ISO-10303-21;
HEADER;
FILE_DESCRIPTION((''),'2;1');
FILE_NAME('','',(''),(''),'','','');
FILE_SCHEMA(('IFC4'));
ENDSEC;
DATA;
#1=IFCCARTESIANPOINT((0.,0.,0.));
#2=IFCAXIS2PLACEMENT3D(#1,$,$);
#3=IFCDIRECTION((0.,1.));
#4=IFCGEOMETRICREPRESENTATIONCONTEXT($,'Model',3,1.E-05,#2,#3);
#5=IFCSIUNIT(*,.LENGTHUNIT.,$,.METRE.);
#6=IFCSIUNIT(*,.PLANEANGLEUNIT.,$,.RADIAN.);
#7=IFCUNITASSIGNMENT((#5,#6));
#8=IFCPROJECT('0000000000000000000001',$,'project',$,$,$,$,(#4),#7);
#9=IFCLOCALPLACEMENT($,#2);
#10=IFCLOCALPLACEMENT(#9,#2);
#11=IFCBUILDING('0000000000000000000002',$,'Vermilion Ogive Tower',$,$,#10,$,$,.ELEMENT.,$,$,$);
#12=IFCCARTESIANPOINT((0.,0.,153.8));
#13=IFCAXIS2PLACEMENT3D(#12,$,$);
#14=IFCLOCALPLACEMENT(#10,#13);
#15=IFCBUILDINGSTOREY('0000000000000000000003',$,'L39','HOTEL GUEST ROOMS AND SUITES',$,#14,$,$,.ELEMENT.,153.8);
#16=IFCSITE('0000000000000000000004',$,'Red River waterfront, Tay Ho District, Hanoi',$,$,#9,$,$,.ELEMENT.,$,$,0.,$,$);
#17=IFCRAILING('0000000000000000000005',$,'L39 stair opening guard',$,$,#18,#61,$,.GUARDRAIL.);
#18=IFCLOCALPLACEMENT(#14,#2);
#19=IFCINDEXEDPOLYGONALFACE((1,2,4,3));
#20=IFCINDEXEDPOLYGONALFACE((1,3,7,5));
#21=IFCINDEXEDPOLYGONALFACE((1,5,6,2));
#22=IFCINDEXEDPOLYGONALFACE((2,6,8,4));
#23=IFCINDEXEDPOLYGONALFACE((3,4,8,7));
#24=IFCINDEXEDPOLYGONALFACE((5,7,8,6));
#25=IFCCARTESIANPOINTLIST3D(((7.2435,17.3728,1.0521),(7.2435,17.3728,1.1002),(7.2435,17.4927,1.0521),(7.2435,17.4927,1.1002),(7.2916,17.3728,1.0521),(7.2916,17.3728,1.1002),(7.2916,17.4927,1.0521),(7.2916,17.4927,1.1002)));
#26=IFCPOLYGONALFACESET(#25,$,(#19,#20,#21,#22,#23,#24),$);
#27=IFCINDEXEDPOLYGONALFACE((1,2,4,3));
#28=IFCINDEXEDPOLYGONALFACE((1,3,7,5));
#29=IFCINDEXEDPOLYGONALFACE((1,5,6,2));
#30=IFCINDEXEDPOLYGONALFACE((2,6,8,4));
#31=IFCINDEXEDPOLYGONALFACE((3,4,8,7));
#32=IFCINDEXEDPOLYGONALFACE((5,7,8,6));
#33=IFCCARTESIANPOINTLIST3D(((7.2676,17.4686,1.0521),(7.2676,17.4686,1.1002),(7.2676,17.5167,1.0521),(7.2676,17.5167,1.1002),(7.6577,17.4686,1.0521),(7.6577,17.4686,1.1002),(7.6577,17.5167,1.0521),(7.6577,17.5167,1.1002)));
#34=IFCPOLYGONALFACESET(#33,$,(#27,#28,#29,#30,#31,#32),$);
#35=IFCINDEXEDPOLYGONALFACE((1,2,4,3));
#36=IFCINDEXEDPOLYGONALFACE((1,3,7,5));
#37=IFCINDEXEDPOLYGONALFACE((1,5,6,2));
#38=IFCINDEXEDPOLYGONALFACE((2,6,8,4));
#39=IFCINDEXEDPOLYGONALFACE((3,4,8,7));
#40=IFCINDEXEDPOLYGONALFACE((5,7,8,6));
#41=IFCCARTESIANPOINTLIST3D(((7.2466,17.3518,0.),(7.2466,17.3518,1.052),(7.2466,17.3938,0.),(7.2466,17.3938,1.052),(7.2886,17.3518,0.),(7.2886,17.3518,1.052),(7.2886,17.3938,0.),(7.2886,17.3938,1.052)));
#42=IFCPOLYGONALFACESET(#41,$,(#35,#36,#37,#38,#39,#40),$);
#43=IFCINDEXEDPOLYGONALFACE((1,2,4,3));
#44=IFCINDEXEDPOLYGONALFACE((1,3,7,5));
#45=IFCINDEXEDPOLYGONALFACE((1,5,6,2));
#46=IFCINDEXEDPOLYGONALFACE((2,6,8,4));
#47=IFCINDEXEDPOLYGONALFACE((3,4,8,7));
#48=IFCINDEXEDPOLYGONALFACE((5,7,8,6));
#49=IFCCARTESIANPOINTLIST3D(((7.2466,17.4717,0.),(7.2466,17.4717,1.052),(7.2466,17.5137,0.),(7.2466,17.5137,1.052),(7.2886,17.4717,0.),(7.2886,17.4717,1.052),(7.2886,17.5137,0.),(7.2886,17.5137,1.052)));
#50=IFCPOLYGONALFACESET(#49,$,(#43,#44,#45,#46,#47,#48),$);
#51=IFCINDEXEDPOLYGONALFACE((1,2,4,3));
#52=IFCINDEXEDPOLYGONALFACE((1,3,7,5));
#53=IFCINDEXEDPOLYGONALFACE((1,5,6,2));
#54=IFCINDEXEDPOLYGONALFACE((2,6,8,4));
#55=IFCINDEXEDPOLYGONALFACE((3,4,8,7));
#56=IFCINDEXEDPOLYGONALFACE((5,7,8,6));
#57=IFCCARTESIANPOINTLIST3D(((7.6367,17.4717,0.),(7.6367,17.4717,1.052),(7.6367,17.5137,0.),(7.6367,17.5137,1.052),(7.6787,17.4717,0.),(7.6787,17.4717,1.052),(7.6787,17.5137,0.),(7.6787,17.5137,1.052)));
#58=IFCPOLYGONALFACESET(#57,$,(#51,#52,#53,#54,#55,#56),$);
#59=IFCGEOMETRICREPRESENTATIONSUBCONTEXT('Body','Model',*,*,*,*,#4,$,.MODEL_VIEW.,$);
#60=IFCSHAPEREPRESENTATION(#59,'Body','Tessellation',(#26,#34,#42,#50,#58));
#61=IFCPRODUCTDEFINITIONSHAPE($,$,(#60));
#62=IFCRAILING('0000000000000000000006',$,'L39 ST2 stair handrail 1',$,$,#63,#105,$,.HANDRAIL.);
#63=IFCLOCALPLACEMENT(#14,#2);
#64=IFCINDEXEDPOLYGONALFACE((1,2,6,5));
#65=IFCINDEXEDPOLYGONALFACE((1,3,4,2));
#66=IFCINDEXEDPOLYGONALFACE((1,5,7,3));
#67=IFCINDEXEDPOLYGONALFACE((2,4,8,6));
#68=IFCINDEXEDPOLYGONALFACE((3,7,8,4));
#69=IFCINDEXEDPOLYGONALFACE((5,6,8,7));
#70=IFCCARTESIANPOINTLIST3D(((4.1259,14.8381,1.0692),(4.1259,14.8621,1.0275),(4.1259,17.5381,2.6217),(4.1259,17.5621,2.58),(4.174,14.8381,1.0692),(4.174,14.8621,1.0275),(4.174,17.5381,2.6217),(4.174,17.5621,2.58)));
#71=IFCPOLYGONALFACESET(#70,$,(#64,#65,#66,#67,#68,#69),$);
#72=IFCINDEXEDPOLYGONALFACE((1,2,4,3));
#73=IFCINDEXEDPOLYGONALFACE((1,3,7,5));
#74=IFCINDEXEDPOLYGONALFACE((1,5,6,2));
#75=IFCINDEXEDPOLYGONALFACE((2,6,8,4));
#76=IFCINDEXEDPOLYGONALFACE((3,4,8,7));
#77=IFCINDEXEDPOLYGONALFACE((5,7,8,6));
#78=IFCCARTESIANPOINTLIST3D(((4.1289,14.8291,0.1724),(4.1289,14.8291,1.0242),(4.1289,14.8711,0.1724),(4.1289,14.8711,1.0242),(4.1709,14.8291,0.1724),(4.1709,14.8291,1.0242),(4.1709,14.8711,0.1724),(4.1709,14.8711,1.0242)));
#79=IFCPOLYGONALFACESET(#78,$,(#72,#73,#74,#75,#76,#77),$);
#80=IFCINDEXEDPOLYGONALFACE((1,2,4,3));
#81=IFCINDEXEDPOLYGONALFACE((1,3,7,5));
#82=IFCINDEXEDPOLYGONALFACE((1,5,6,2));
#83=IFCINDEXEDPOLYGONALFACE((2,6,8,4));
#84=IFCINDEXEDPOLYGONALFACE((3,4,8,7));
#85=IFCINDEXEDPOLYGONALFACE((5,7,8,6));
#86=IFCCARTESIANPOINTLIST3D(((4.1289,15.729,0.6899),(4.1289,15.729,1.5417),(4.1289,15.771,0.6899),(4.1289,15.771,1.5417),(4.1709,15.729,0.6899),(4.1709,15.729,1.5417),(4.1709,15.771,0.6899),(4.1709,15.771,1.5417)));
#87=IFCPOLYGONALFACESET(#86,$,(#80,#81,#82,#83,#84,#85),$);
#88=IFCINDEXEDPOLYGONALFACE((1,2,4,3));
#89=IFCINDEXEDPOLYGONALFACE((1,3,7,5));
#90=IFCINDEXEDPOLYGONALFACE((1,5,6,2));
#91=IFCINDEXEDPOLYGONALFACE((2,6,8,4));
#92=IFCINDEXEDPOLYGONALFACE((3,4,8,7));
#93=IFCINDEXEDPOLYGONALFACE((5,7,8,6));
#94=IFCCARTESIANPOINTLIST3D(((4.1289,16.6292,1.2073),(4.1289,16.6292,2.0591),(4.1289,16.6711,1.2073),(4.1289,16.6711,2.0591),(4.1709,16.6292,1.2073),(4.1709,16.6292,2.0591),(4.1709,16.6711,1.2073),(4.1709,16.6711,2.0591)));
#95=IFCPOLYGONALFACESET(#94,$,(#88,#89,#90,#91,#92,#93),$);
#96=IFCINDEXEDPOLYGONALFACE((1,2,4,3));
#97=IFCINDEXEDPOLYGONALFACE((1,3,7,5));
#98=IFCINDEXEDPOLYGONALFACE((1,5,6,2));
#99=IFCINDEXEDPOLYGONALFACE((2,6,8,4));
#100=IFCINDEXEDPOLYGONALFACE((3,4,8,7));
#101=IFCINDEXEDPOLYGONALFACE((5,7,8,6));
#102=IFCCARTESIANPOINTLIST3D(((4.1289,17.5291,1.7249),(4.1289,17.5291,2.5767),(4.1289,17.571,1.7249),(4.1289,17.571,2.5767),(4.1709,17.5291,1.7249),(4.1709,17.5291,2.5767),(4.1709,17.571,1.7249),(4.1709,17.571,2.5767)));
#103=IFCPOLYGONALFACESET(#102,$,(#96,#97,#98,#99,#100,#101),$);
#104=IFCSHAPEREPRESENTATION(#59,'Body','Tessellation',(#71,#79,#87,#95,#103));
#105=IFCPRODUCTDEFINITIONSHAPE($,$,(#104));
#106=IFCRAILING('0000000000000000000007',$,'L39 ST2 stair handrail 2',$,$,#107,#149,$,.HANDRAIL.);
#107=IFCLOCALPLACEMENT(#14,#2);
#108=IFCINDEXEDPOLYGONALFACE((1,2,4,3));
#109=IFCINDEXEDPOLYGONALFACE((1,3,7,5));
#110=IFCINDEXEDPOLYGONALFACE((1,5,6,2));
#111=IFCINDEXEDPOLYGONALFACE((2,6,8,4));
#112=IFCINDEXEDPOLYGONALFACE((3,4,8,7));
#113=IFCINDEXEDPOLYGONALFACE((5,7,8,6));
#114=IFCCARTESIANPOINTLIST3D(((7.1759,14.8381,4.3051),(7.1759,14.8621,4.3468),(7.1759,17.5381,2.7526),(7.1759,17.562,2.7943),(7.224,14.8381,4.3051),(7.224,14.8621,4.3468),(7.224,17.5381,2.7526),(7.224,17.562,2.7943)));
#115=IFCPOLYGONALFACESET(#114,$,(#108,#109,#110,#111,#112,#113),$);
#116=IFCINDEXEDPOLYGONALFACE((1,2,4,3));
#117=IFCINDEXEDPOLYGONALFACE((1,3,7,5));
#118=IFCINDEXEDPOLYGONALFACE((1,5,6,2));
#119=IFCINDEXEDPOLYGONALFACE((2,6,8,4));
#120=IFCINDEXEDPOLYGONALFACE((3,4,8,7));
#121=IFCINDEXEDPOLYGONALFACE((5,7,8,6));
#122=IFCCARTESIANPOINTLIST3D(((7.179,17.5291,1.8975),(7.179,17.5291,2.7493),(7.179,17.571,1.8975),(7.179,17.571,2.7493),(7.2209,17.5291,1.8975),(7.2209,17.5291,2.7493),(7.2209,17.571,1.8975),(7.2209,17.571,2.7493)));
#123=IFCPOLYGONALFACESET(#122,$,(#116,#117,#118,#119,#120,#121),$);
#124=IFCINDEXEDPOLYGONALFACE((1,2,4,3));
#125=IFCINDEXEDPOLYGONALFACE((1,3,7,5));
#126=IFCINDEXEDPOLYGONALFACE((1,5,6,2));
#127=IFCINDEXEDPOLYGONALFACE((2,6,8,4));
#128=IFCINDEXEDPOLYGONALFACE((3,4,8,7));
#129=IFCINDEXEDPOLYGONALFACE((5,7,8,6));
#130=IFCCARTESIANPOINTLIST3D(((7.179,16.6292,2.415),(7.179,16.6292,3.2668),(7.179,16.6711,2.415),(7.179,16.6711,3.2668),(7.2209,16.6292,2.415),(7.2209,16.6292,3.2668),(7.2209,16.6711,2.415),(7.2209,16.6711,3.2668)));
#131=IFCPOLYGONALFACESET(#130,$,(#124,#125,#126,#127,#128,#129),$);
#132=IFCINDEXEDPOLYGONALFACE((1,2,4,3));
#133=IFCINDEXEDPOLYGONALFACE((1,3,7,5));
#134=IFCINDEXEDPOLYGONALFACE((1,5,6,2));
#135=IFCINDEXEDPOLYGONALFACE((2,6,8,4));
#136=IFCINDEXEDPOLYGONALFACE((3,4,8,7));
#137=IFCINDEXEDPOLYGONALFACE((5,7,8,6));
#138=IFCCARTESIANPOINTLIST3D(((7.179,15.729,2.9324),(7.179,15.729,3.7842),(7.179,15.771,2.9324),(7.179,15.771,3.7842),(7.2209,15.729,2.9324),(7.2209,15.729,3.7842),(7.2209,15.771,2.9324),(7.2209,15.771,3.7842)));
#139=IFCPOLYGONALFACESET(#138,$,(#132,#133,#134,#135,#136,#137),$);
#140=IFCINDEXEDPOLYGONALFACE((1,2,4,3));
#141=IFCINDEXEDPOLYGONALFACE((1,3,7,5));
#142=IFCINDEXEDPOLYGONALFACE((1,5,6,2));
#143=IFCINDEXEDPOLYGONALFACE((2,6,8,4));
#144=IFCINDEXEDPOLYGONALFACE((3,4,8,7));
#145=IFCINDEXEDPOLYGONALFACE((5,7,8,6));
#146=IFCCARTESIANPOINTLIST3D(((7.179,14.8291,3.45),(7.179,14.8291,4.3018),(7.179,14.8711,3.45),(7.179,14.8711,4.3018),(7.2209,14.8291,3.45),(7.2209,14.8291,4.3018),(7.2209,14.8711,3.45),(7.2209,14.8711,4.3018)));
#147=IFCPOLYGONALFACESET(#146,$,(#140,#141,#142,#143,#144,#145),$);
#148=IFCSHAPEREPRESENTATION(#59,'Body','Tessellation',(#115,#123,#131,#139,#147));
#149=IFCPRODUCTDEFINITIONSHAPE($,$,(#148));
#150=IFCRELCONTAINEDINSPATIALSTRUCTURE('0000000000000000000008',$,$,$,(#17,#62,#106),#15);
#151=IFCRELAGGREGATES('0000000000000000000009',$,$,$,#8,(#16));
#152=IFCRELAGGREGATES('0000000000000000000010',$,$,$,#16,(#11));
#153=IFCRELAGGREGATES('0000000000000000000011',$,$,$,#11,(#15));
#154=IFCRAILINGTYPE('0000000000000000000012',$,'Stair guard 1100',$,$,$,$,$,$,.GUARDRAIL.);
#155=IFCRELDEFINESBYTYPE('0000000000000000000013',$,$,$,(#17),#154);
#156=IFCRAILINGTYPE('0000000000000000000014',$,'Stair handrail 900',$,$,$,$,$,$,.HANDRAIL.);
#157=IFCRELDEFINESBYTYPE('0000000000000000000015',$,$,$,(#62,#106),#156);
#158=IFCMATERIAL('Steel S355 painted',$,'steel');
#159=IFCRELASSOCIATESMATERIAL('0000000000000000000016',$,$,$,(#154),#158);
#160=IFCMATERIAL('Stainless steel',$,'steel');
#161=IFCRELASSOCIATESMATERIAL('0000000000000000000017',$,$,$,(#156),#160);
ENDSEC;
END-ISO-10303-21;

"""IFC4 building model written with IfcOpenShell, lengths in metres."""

from ifc_helpers import new_model, si_unit, direction, frame, origin, origin_2d, place, context, subcontext, project, spatial, rectangle, extrude, material, type_object, element, save


model = new_model("IFC4")

# Units and contexts
model_context = context("Model", 3, precision=1e-05, world=origin(), true_north=direction((0.0, 1.0)))
body_context = subcontext(model_context, "Body", "Model", "MODEL_VIEW")
ifc_project = project(units=[si_unit("LENGTHUNIT", "METRE"), si_unit("PLANEANGLEUNIT", "RADIAN")], contexts=[model_context])

# Site, building, storey
site_placement = place(None, origin())
site = spatial("IfcSite", under=ifc_project, at=site_placement, Name="Red River waterfront, Tay Ho District, Hanoi", CompositionType="ELEMENT", RefElevation=0.0)
building_placement = place(site_placement, origin())
building = spatial("IfcBuilding", under=site, at=building_placement, Name="Vermilion Ogive Tower", CompositionType="ELEMENT")
storey_placement = place(building_placement, frame((0.0, 0.0, 153.8)))
storey = spatial("IfcBuildingStorey", under=building, at=storey_placement, Name="L39", Description="HOTEL GUEST ROOMS AND SUITES", CompositionType="ELEMENT", Elevation=153.8)

# Railings
ifc_material_1 = material(Name="Steel S355 painted", Category="steel")
railing_type_1 = type_object("IfcRailingType", Name="Stair guard 1100", PredefinedType="GUARDRAIL", material=ifc_material_1)
railing_1_placement = place(storey_placement, frame((7.2676, 17.3728, 0.0)))
element("IfcRailing", 1, at=railing_1_placement, inside=storey, type_object=railing_type_1, Name="L39 stair opening guard", PredefinedType="GUARDRAIL", context=body_context, shape_type="SweptSolid", body=[
    extrude(rectangle(XDim=0.0481, YDim=0.0481, at=origin_2d()), frame((0.0, 0.0, 1.0762), z_axis=(0.0, 1.0, 0.0), x_axis=(-1.0, 0.0, 0.0)), (0.0, 0.0, 1.0), 0.1199),
    extrude(rectangle(XDim=0.0481, YDim=0.0481, at=origin_2d()), frame((0.0, 0.1199, 1.0762), z_axis=(1.0, 0.0, 0.0), x_axis=(0.0, 1.0, 0.0)), (0.0, 0.0, 1.0), 0.3901),
    extrude(rectangle(XDim=0.042, YDim=0.042, at=origin_2d()), origin(), (0.0, 0.0, 1.0), 1.052),
    extrude(rectangle(XDim=0.042, YDim=0.042, at=origin_2d()), frame((0.0, 0.1199, 0.0)), (0.0, 0.0, 1.0), 1.052),
    extrude(rectangle(XDim=0.042, YDim=0.042, at=origin_2d()), frame((0.3901, 0.1199, 0.0)), (0.0, 0.0, 1.0), 1.052),
])
ifc_material_2 = material(Name="Stainless steel", Category="steel")
railing_type_2 = type_object("IfcRailingType", Name="Stair handrail 900", PredefinedType="HANDRAIL", material=ifc_material_2)
railing_2_placement = place(storey_placement, frame((4.1499, 14.8501, 0.1724)))
element("IfcRailing", 2, at=railing_2_placement, inside=storey, type_object=railing_type_2, Name="L39 ST2 stair handrail 1", PredefinedType="HANDRAIL", context=body_context, shape_type="SweptSolid", body=[
    extrude(rectangle(XDim=0.0481, YDim=0.0481, at=origin_2d()), frame((0.0, 0.0, 0.876), z_axis=(0.0, 0.866904, 0.498476), x_axis=(-1.0, 0.0, 0.0)), (0.0, 0.0, 1.0), 3.1145),
    extrude(rectangle(XDim=0.042, YDim=0.042, at=origin_2d()), origin(), (0.0, 0.0, 1.0), 0.8518),
    extrude(rectangle(XDim=0.042, YDim=0.042, at=origin_2d()), frame((0.0, 0.8999, 0.5176)), (0.0, 0.0, 1.0), 0.8518),
    extrude(rectangle(XDim=0.042, YDim=0.042, at=origin_2d()), frame((0.0, 1.8, 1.0349)), (0.0, 0.0, 1.0), 0.8518),
    extrude(rectangle(XDim=0.042, YDim=0.042, at=origin_2d()), frame((0.0, 2.7, 1.5525)), (0.0, 0.0, 1.0), 0.8518),
])
railing_3_placement = place(storey_placement, frame((7.2, 17.55, 1.8975)))
element("IfcRailing", 3, at=railing_3_placement, inside=storey, type_object=railing_type_2, Name="L39 ST2 stair handrail 2", PredefinedType="HANDRAIL", context=body_context, shape_type="SweptSolid", body=[
    extrude(rectangle(XDim=0.0481, YDim=0.0481, at=origin_2d()), frame((0.0, 0.0, 0.876), z_axis=(0.0, -0.866904, 0.498476), x_axis=(1.0, 0.0, 0.0)), (0.0, 0.0, 1.0), 3.1145),
    extrude(rectangle(XDim=0.042, YDim=0.042, at=origin_2d()), origin(), (0.0, 0.0, 1.0), 0.8518),
    extrude(rectangle(XDim=0.042, YDim=0.042, at=origin_2d()), frame((0.0, -0.8999, 0.5176)), (0.0, 0.0, 1.0), 0.8518),
    extrude(rectangle(XDim=0.042, YDim=0.042, at=origin_2d()), frame((0.0, -1.8, 1.0349)), (0.0, 0.0, 1.0), 0.8518),
    extrude(rectangle(XDim=0.042, YDim=0.042, at=origin_2d()), frame((0.0, -2.7, 1.5525)), (0.0, 0.0, 1.0), 0.8518),
])

save(model, "model.ifc")
